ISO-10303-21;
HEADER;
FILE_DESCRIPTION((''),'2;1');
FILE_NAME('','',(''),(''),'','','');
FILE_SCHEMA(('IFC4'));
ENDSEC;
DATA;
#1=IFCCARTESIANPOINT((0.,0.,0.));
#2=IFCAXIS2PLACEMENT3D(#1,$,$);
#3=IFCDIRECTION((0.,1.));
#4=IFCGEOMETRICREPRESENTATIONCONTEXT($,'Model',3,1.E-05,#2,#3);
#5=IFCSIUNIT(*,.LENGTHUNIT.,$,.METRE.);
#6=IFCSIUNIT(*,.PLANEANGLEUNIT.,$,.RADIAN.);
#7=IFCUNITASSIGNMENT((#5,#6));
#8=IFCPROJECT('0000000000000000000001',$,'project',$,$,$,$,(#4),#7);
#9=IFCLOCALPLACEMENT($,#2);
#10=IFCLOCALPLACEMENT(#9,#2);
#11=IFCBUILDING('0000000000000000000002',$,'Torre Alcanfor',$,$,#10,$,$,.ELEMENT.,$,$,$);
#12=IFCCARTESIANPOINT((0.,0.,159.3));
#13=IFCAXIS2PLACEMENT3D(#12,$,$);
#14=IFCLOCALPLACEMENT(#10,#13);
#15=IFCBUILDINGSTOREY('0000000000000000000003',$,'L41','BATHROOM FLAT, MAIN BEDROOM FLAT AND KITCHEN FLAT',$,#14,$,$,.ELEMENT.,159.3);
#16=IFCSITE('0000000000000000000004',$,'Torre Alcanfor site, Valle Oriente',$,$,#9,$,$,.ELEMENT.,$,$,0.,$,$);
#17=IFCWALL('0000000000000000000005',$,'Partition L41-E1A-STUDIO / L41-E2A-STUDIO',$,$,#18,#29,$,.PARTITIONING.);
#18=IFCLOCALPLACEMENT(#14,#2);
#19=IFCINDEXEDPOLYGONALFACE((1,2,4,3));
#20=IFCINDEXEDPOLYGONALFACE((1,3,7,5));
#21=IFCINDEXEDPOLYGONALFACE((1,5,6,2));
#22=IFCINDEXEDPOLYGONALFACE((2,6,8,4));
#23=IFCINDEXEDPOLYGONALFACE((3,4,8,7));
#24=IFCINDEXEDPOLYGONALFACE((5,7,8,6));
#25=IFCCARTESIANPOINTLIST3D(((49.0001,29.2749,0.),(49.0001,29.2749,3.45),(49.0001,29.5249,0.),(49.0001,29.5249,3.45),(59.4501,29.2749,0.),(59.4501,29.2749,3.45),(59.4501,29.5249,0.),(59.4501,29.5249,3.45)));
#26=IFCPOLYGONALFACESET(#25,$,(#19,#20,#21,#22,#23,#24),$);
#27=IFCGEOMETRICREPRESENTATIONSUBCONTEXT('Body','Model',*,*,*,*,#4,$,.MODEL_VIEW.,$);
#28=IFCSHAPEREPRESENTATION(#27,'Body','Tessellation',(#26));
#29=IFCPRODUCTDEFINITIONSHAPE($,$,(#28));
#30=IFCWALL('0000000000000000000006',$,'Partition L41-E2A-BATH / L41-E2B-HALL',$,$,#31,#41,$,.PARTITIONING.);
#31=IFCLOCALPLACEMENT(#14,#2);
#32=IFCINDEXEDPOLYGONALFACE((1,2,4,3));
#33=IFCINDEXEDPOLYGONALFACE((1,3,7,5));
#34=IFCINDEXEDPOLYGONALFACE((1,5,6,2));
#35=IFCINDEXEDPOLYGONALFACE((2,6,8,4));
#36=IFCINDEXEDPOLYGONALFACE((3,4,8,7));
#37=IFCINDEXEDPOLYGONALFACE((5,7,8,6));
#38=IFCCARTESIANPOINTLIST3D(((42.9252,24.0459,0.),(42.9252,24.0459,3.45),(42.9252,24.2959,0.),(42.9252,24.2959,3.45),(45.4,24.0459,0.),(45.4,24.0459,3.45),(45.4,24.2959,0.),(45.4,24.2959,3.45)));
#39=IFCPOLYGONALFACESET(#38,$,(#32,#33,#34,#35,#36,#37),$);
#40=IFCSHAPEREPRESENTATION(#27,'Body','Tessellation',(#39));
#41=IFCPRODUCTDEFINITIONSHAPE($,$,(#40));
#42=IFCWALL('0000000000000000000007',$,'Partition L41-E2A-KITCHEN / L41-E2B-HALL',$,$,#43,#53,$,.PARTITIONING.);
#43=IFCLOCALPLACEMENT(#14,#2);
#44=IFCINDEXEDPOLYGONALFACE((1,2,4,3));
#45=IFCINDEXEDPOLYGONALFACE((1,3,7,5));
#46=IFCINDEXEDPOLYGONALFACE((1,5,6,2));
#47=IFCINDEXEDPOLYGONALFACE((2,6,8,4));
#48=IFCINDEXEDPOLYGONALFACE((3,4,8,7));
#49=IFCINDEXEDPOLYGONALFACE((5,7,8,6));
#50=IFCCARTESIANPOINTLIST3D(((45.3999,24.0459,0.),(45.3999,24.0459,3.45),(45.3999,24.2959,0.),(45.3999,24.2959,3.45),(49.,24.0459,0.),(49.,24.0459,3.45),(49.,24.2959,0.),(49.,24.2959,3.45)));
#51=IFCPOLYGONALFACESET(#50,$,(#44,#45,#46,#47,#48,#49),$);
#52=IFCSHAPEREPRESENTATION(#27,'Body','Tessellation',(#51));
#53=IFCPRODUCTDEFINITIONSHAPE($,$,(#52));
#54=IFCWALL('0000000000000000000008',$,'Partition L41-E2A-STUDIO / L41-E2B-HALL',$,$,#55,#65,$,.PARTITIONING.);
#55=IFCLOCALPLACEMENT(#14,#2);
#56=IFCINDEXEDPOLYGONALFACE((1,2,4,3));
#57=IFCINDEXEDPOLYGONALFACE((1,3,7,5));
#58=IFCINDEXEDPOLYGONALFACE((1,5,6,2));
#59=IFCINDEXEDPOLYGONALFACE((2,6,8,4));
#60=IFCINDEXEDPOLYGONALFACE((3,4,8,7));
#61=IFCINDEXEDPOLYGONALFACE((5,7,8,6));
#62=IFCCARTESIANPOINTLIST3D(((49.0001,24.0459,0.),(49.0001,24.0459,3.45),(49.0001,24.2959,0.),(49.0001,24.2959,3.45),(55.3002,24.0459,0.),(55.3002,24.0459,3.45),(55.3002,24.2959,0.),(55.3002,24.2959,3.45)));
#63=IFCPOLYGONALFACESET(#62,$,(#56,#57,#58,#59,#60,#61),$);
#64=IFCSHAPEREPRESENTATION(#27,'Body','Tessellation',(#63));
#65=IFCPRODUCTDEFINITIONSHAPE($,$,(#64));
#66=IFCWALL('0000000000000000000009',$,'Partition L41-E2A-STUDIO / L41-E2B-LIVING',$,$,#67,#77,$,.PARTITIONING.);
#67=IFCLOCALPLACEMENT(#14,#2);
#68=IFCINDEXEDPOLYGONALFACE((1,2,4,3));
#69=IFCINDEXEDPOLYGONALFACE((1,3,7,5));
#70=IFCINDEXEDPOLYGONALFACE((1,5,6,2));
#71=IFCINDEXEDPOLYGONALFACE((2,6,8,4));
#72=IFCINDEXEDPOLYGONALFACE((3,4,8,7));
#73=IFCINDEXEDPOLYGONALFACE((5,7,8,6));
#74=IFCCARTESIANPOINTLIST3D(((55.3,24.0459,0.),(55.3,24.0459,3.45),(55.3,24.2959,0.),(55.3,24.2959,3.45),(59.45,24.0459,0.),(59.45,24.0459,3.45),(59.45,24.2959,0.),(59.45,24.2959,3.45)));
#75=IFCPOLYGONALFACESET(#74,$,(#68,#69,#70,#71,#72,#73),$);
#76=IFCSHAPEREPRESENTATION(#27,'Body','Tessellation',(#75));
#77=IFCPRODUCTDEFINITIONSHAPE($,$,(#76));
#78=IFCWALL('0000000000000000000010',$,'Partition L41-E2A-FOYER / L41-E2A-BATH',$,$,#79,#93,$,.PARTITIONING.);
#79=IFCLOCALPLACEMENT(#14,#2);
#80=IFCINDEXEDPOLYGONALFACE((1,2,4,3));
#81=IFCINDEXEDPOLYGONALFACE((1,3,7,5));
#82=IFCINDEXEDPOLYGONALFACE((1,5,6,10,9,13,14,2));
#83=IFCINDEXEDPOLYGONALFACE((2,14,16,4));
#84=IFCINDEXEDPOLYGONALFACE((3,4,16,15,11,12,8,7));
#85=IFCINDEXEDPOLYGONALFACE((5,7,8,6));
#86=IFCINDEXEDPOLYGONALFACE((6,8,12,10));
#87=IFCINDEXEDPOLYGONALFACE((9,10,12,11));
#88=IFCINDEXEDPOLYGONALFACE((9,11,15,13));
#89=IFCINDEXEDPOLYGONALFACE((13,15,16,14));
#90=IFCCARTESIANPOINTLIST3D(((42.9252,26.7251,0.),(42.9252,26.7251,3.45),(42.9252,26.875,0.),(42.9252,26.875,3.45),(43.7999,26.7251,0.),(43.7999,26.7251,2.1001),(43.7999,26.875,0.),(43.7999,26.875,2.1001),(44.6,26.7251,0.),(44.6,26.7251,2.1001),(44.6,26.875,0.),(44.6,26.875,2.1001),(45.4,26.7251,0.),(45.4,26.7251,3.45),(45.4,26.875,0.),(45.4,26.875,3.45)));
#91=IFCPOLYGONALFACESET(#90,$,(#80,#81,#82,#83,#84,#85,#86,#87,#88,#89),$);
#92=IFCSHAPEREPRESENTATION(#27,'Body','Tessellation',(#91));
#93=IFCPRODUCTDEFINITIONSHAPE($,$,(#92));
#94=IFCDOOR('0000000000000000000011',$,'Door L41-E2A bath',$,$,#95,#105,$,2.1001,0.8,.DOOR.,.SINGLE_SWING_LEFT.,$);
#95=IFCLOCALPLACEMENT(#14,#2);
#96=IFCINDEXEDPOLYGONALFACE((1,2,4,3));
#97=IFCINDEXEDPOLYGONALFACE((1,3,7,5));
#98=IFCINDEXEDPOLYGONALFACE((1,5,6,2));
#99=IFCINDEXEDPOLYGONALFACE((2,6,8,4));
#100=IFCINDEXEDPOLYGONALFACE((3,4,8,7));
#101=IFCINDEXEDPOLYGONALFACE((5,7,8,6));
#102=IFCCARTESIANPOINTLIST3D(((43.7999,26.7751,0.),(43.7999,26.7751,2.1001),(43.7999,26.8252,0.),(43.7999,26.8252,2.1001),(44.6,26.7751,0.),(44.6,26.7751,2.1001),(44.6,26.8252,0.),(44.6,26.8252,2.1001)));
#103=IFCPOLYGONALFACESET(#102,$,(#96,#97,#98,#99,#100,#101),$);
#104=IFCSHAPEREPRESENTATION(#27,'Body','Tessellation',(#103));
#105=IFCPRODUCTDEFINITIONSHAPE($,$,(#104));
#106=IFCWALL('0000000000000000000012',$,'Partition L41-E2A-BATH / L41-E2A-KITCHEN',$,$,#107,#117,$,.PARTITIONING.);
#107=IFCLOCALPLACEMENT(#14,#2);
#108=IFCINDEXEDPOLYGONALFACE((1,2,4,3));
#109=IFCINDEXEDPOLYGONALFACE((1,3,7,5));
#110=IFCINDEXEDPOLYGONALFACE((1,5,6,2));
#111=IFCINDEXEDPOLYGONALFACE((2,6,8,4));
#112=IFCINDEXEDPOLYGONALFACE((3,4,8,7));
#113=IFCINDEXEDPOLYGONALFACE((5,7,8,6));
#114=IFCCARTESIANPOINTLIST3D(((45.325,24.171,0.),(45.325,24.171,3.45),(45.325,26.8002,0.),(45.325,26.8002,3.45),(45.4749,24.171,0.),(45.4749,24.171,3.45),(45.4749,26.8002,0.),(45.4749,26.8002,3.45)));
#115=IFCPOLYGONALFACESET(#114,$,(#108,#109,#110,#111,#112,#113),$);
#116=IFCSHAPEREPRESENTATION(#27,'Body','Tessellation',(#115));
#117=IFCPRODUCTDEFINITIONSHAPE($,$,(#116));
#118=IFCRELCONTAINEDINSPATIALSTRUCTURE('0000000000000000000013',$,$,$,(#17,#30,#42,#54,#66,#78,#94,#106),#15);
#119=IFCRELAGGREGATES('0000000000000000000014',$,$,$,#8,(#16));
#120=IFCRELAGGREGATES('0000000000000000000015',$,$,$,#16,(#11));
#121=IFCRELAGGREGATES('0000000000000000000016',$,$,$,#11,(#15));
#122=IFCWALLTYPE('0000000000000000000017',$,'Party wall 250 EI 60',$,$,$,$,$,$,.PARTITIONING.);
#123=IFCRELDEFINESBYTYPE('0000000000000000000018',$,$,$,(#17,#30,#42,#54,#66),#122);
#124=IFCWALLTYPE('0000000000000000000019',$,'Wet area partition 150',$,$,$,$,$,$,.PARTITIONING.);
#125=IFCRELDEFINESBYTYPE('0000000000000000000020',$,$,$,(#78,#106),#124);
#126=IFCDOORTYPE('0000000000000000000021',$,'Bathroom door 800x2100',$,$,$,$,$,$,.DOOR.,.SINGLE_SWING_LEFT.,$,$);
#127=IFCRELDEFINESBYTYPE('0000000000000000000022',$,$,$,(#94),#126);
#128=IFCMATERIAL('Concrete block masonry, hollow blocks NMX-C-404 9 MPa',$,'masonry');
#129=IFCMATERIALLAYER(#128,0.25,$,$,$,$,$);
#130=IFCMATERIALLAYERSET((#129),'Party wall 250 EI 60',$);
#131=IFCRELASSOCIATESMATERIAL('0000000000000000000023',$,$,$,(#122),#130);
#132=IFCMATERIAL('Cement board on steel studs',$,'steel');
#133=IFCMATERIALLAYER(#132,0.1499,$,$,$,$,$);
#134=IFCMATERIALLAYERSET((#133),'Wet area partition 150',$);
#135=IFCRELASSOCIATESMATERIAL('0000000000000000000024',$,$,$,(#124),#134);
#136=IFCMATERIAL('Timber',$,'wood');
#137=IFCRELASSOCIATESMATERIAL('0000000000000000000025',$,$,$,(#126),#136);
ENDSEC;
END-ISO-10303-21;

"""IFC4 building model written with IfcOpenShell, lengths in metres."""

from ifc_helpers import new_model, si_unit, direction, frame, frame_2d, origin, place, context, subcontext, project, spatial, rectangle, extrude, material, layer, layer_set, type_object, element, fill, save


model = new_model("IFC4")

# Units and contexts
model_context = context("Model", 3, precision=1e-05, world=origin(), true_north=direction((0.0, 1.0)))
body_context = subcontext(model_context, "Body", "Model", "MODEL_VIEW")
ifc_project = project(units=[si_unit("LENGTHUNIT", "METRE"), si_unit("PLANEANGLEUNIT", "RADIAN")], contexts=[model_context])

# Site, building, storey
site_placement = place(None, origin())
site = spatial("IfcSite", under=ifc_project, at=site_placement, Name="Torre Alcanfor site, Valle Oriente", CompositionType="ELEMENT", RefElevation=0.0)
building_placement = place(site_placement, origin())
building = spatial("IfcBuilding", under=site, at=building_placement, Name="Torre Alcanfor", CompositionType="ELEMENT")
storey_placement = place(building_placement, frame((0.0, 0.0, 159.3)))
storey = spatial("IfcBuildingStorey", under=building, at=storey_placement, Name="L41", Description="BATHROOM FLAT, MAIN BEDROOM FLAT AND KITCHEN FLAT", CompositionType="ELEMENT", Elevation=159.3)

# Walls
ifc_material_1 = material(Name="Concrete block masonry, hollow blocks NMX-C-404 9 MPa", Category="masonry")
ifc_layer_1 = layer(ifc_material_1, 0.25)
ifc_layer_set_1 = layer_set([ifc_layer_1], Name="Party wall 250 EI 60")
wall_type_1 = type_object("IfcWallType", Name="Party wall 250 EI 60", PredefinedType="PARTITIONING", material=ifc_layer_set_1)
wall_1_placement = place(storey_placement, frame((49.0, 29.3999, 0.0), z_axis=(0.0, 0.0, 1.0), x_axis=(1.0, 0.0, 0.0)))
element("IfcWall", 1, at=wall_1_placement, inside=storey, type_object=wall_type_1, Name="Partition L41-E1A-STUDIO / L41-E2A-STUDIO", PredefinedType="PARTITIONING", context=body_context, shape_type="SweptSolid", body=[
    extrude(rectangle(XDim=10.45, YDim=0.25, at=frame_2d((5.2251, 0.0))), origin(), (0.0, 0.0, 1.0), 3.45),
])
wall_2_placement = place(storey_placement, frame((45.3999, 24.1709, 0.0), z_axis=(0.0, 0.0, 1.0), x_axis=(-1.0, 0.0, 0.0)))
element("IfcWall", 2, at=wall_2_placement, inside=storey, type_object=wall_type_1, Name="Partition L41-E2A-BATH / L41-E2B-HALL", PredefinedType="PARTITIONING", context=body_context, shape_type="SweptSolid", body=[
    extrude(rectangle(XDim=2.4749, YDim=0.25, at=frame_2d((1.2373, 0.0))), origin(), (0.0, 0.0, 1.0), 3.45),
])
wall_3_placement = place(storey_placement, frame((49.0, 24.1709, 0.0), z_axis=(0.0, 0.0, 1.0), x_axis=(-1.0, 0.0, 0.0)))
element("IfcWall", 3, at=wall_3_placement, inside=storey, type_object=wall_type_1, Name="Partition L41-E2A-KITCHEN / L41-E2B-HALL", PredefinedType="PARTITIONING", context=body_context, shape_type="SweptSolid", body=[
    extrude(rectangle(XDim=3.6001, YDim=0.25, at=frame_2d((1.8, 0.0))), origin(), (0.0, 0.0, 1.0), 3.45),
])
wall_4_placement = place(storey_placement, frame((55.3, 24.1709, 0.0), z_axis=(0.0, 0.0, 1.0), x_axis=(-1.0, 0.0, 0.0)))
element("IfcWall", 4, at=wall_4_placement, inside=storey, type_object=wall_type_1, Name="Partition L41-E2A-STUDIO / L41-E2B-HALL", PredefinedType="PARTITIONING", context=body_context, shape_type="SweptSolid", body=[
    extrude(rectangle(XDim=6.3, YDim=0.25, at=frame_2d((3.1499, 0.0))), origin(), (0.0, 0.0, 1.0), 3.45),
])
wall_5_placement = place(storey_placement, frame((59.45, 24.1709, 0.0), z_axis=(0.0, 0.0, 1.0), x_axis=(-1.0, 0.0, 0.0)))
element("IfcWall", 5, at=wall_5_placement, inside=storey, type_object=wall_type_1, Name="Partition L41-E2A-STUDIO / L41-E2B-LIVING", PredefinedType="PARTITIONING", context=body_context, shape_type="SweptSolid", body=[
    extrude(rectangle(XDim=4.1499, YDim=0.25, at=frame_2d((2.075, 0.0))), origin(), (0.0, 0.0, 1.0), 3.45),
])

# Wall, opening, door
ifc_material_2 = material(Name="Cement board on steel studs", Category="steel")
ifc_layer_2 = layer(ifc_material_2, 0.1499)
ifc_layer_set_2 = layer_set([ifc_layer_2], Name="Wet area partition 150")
wall_type_2 = type_object("IfcWallType", Name="Wet area partition 150", PredefinedType="PARTITIONING", material=ifc_layer_set_2)
wall_6_placement = place(storey_placement, frame((45.3999, 26.8, 0.0), z_axis=(0.0, 0.0, 1.0), x_axis=(-1.0, 0.0, 0.0)))
wall_6 = element("IfcWall", 6, at=wall_6_placement, inside=storey, type_object=wall_type_2, Name="Partition L41-E2A-FOYER / L41-E2A-BATH", PredefinedType="PARTITIONING", context=body_context, shape_type="SweptSolid", body=[
    extrude(rectangle(XDim=2.4749, YDim=0.1499, at=frame_2d((1.2373, 0.0))), origin(), (0.0, 0.0, 1.0), 3.45),
])
opening_1_placement = place(wall_6_placement, frame((0.8, 0.0, 0.0)))
opening_1 = element("IfcOpeningElement", 7, at=opening_1_placement, cuts=wall_6, PredefinedType="OPENING", context=body_context, shape_type="SweptSolid", body=[
    extrude(rectangle(XDim=0.8, YDim=2.1001, at=frame_2d((0.3999, 1.05))), frame((0.0, 0.085, 0.0), z_axis=(0.0, -1.0, 0.0), x_axis=(1.0, 0.0, 0.0)), (0.0, 0.0, 1.0), 0.1699),
])
ifc_material_3 = material(Name="Timber", Category="wood")
door_type_1 = type_object("IfcDoorType", Name="Bathroom door 800x2100", OperationType="SINGLE_SWING_LEFT", PredefinedType="DOOR", material=ifc_material_3)
door_1_placement = place(opening_1_placement, origin())
door_1 = element("IfcDoor", 8, at=door_1_placement, inside=storey, type_object=door_type_1, Name="Door L41-E2A bath", OperationType="SINGLE_SWING_LEFT", OverallHeight=2.1001, OverallWidth=0.8, PredefinedType="DOOR", context=body_context, shape_type="SweptSolid", body=[
    extrude(rectangle(XDim=0.8, YDim=2.1001, at=frame_2d((0.3999, 1.05))), frame((0.0, 0.0249, 0.0), z_axis=(0.0, -1.0, 0.0), x_axis=(1.0, 0.0, 0.0)), (0.0, 0.0, 1.0), 0.05),
])
fill(opening_1, door_1)

# Wall
wall_7_placement = place(storey_placement, frame((45.3999, 26.8, 0.0), z_axis=(0.0, 0.0, 1.0), x_axis=(0.0, -1.0, 0.0)))
element("IfcWall", 9, at=wall_7_placement, inside=storey, type_object=wall_type_2, Name="Partition L41-E2A-BATH / L41-E2A-KITCHEN", PredefinedType="PARTITIONING", context=body_context, shape_type="SweptSolid", body=[
    extrude(rectangle(XDim=2.6292, YDim=0.1499, at=frame_2d((1.3145, 0.0))), origin(), (0.0, 0.0, 1.0), 3.45),
])

save(model, "model.ifc")
